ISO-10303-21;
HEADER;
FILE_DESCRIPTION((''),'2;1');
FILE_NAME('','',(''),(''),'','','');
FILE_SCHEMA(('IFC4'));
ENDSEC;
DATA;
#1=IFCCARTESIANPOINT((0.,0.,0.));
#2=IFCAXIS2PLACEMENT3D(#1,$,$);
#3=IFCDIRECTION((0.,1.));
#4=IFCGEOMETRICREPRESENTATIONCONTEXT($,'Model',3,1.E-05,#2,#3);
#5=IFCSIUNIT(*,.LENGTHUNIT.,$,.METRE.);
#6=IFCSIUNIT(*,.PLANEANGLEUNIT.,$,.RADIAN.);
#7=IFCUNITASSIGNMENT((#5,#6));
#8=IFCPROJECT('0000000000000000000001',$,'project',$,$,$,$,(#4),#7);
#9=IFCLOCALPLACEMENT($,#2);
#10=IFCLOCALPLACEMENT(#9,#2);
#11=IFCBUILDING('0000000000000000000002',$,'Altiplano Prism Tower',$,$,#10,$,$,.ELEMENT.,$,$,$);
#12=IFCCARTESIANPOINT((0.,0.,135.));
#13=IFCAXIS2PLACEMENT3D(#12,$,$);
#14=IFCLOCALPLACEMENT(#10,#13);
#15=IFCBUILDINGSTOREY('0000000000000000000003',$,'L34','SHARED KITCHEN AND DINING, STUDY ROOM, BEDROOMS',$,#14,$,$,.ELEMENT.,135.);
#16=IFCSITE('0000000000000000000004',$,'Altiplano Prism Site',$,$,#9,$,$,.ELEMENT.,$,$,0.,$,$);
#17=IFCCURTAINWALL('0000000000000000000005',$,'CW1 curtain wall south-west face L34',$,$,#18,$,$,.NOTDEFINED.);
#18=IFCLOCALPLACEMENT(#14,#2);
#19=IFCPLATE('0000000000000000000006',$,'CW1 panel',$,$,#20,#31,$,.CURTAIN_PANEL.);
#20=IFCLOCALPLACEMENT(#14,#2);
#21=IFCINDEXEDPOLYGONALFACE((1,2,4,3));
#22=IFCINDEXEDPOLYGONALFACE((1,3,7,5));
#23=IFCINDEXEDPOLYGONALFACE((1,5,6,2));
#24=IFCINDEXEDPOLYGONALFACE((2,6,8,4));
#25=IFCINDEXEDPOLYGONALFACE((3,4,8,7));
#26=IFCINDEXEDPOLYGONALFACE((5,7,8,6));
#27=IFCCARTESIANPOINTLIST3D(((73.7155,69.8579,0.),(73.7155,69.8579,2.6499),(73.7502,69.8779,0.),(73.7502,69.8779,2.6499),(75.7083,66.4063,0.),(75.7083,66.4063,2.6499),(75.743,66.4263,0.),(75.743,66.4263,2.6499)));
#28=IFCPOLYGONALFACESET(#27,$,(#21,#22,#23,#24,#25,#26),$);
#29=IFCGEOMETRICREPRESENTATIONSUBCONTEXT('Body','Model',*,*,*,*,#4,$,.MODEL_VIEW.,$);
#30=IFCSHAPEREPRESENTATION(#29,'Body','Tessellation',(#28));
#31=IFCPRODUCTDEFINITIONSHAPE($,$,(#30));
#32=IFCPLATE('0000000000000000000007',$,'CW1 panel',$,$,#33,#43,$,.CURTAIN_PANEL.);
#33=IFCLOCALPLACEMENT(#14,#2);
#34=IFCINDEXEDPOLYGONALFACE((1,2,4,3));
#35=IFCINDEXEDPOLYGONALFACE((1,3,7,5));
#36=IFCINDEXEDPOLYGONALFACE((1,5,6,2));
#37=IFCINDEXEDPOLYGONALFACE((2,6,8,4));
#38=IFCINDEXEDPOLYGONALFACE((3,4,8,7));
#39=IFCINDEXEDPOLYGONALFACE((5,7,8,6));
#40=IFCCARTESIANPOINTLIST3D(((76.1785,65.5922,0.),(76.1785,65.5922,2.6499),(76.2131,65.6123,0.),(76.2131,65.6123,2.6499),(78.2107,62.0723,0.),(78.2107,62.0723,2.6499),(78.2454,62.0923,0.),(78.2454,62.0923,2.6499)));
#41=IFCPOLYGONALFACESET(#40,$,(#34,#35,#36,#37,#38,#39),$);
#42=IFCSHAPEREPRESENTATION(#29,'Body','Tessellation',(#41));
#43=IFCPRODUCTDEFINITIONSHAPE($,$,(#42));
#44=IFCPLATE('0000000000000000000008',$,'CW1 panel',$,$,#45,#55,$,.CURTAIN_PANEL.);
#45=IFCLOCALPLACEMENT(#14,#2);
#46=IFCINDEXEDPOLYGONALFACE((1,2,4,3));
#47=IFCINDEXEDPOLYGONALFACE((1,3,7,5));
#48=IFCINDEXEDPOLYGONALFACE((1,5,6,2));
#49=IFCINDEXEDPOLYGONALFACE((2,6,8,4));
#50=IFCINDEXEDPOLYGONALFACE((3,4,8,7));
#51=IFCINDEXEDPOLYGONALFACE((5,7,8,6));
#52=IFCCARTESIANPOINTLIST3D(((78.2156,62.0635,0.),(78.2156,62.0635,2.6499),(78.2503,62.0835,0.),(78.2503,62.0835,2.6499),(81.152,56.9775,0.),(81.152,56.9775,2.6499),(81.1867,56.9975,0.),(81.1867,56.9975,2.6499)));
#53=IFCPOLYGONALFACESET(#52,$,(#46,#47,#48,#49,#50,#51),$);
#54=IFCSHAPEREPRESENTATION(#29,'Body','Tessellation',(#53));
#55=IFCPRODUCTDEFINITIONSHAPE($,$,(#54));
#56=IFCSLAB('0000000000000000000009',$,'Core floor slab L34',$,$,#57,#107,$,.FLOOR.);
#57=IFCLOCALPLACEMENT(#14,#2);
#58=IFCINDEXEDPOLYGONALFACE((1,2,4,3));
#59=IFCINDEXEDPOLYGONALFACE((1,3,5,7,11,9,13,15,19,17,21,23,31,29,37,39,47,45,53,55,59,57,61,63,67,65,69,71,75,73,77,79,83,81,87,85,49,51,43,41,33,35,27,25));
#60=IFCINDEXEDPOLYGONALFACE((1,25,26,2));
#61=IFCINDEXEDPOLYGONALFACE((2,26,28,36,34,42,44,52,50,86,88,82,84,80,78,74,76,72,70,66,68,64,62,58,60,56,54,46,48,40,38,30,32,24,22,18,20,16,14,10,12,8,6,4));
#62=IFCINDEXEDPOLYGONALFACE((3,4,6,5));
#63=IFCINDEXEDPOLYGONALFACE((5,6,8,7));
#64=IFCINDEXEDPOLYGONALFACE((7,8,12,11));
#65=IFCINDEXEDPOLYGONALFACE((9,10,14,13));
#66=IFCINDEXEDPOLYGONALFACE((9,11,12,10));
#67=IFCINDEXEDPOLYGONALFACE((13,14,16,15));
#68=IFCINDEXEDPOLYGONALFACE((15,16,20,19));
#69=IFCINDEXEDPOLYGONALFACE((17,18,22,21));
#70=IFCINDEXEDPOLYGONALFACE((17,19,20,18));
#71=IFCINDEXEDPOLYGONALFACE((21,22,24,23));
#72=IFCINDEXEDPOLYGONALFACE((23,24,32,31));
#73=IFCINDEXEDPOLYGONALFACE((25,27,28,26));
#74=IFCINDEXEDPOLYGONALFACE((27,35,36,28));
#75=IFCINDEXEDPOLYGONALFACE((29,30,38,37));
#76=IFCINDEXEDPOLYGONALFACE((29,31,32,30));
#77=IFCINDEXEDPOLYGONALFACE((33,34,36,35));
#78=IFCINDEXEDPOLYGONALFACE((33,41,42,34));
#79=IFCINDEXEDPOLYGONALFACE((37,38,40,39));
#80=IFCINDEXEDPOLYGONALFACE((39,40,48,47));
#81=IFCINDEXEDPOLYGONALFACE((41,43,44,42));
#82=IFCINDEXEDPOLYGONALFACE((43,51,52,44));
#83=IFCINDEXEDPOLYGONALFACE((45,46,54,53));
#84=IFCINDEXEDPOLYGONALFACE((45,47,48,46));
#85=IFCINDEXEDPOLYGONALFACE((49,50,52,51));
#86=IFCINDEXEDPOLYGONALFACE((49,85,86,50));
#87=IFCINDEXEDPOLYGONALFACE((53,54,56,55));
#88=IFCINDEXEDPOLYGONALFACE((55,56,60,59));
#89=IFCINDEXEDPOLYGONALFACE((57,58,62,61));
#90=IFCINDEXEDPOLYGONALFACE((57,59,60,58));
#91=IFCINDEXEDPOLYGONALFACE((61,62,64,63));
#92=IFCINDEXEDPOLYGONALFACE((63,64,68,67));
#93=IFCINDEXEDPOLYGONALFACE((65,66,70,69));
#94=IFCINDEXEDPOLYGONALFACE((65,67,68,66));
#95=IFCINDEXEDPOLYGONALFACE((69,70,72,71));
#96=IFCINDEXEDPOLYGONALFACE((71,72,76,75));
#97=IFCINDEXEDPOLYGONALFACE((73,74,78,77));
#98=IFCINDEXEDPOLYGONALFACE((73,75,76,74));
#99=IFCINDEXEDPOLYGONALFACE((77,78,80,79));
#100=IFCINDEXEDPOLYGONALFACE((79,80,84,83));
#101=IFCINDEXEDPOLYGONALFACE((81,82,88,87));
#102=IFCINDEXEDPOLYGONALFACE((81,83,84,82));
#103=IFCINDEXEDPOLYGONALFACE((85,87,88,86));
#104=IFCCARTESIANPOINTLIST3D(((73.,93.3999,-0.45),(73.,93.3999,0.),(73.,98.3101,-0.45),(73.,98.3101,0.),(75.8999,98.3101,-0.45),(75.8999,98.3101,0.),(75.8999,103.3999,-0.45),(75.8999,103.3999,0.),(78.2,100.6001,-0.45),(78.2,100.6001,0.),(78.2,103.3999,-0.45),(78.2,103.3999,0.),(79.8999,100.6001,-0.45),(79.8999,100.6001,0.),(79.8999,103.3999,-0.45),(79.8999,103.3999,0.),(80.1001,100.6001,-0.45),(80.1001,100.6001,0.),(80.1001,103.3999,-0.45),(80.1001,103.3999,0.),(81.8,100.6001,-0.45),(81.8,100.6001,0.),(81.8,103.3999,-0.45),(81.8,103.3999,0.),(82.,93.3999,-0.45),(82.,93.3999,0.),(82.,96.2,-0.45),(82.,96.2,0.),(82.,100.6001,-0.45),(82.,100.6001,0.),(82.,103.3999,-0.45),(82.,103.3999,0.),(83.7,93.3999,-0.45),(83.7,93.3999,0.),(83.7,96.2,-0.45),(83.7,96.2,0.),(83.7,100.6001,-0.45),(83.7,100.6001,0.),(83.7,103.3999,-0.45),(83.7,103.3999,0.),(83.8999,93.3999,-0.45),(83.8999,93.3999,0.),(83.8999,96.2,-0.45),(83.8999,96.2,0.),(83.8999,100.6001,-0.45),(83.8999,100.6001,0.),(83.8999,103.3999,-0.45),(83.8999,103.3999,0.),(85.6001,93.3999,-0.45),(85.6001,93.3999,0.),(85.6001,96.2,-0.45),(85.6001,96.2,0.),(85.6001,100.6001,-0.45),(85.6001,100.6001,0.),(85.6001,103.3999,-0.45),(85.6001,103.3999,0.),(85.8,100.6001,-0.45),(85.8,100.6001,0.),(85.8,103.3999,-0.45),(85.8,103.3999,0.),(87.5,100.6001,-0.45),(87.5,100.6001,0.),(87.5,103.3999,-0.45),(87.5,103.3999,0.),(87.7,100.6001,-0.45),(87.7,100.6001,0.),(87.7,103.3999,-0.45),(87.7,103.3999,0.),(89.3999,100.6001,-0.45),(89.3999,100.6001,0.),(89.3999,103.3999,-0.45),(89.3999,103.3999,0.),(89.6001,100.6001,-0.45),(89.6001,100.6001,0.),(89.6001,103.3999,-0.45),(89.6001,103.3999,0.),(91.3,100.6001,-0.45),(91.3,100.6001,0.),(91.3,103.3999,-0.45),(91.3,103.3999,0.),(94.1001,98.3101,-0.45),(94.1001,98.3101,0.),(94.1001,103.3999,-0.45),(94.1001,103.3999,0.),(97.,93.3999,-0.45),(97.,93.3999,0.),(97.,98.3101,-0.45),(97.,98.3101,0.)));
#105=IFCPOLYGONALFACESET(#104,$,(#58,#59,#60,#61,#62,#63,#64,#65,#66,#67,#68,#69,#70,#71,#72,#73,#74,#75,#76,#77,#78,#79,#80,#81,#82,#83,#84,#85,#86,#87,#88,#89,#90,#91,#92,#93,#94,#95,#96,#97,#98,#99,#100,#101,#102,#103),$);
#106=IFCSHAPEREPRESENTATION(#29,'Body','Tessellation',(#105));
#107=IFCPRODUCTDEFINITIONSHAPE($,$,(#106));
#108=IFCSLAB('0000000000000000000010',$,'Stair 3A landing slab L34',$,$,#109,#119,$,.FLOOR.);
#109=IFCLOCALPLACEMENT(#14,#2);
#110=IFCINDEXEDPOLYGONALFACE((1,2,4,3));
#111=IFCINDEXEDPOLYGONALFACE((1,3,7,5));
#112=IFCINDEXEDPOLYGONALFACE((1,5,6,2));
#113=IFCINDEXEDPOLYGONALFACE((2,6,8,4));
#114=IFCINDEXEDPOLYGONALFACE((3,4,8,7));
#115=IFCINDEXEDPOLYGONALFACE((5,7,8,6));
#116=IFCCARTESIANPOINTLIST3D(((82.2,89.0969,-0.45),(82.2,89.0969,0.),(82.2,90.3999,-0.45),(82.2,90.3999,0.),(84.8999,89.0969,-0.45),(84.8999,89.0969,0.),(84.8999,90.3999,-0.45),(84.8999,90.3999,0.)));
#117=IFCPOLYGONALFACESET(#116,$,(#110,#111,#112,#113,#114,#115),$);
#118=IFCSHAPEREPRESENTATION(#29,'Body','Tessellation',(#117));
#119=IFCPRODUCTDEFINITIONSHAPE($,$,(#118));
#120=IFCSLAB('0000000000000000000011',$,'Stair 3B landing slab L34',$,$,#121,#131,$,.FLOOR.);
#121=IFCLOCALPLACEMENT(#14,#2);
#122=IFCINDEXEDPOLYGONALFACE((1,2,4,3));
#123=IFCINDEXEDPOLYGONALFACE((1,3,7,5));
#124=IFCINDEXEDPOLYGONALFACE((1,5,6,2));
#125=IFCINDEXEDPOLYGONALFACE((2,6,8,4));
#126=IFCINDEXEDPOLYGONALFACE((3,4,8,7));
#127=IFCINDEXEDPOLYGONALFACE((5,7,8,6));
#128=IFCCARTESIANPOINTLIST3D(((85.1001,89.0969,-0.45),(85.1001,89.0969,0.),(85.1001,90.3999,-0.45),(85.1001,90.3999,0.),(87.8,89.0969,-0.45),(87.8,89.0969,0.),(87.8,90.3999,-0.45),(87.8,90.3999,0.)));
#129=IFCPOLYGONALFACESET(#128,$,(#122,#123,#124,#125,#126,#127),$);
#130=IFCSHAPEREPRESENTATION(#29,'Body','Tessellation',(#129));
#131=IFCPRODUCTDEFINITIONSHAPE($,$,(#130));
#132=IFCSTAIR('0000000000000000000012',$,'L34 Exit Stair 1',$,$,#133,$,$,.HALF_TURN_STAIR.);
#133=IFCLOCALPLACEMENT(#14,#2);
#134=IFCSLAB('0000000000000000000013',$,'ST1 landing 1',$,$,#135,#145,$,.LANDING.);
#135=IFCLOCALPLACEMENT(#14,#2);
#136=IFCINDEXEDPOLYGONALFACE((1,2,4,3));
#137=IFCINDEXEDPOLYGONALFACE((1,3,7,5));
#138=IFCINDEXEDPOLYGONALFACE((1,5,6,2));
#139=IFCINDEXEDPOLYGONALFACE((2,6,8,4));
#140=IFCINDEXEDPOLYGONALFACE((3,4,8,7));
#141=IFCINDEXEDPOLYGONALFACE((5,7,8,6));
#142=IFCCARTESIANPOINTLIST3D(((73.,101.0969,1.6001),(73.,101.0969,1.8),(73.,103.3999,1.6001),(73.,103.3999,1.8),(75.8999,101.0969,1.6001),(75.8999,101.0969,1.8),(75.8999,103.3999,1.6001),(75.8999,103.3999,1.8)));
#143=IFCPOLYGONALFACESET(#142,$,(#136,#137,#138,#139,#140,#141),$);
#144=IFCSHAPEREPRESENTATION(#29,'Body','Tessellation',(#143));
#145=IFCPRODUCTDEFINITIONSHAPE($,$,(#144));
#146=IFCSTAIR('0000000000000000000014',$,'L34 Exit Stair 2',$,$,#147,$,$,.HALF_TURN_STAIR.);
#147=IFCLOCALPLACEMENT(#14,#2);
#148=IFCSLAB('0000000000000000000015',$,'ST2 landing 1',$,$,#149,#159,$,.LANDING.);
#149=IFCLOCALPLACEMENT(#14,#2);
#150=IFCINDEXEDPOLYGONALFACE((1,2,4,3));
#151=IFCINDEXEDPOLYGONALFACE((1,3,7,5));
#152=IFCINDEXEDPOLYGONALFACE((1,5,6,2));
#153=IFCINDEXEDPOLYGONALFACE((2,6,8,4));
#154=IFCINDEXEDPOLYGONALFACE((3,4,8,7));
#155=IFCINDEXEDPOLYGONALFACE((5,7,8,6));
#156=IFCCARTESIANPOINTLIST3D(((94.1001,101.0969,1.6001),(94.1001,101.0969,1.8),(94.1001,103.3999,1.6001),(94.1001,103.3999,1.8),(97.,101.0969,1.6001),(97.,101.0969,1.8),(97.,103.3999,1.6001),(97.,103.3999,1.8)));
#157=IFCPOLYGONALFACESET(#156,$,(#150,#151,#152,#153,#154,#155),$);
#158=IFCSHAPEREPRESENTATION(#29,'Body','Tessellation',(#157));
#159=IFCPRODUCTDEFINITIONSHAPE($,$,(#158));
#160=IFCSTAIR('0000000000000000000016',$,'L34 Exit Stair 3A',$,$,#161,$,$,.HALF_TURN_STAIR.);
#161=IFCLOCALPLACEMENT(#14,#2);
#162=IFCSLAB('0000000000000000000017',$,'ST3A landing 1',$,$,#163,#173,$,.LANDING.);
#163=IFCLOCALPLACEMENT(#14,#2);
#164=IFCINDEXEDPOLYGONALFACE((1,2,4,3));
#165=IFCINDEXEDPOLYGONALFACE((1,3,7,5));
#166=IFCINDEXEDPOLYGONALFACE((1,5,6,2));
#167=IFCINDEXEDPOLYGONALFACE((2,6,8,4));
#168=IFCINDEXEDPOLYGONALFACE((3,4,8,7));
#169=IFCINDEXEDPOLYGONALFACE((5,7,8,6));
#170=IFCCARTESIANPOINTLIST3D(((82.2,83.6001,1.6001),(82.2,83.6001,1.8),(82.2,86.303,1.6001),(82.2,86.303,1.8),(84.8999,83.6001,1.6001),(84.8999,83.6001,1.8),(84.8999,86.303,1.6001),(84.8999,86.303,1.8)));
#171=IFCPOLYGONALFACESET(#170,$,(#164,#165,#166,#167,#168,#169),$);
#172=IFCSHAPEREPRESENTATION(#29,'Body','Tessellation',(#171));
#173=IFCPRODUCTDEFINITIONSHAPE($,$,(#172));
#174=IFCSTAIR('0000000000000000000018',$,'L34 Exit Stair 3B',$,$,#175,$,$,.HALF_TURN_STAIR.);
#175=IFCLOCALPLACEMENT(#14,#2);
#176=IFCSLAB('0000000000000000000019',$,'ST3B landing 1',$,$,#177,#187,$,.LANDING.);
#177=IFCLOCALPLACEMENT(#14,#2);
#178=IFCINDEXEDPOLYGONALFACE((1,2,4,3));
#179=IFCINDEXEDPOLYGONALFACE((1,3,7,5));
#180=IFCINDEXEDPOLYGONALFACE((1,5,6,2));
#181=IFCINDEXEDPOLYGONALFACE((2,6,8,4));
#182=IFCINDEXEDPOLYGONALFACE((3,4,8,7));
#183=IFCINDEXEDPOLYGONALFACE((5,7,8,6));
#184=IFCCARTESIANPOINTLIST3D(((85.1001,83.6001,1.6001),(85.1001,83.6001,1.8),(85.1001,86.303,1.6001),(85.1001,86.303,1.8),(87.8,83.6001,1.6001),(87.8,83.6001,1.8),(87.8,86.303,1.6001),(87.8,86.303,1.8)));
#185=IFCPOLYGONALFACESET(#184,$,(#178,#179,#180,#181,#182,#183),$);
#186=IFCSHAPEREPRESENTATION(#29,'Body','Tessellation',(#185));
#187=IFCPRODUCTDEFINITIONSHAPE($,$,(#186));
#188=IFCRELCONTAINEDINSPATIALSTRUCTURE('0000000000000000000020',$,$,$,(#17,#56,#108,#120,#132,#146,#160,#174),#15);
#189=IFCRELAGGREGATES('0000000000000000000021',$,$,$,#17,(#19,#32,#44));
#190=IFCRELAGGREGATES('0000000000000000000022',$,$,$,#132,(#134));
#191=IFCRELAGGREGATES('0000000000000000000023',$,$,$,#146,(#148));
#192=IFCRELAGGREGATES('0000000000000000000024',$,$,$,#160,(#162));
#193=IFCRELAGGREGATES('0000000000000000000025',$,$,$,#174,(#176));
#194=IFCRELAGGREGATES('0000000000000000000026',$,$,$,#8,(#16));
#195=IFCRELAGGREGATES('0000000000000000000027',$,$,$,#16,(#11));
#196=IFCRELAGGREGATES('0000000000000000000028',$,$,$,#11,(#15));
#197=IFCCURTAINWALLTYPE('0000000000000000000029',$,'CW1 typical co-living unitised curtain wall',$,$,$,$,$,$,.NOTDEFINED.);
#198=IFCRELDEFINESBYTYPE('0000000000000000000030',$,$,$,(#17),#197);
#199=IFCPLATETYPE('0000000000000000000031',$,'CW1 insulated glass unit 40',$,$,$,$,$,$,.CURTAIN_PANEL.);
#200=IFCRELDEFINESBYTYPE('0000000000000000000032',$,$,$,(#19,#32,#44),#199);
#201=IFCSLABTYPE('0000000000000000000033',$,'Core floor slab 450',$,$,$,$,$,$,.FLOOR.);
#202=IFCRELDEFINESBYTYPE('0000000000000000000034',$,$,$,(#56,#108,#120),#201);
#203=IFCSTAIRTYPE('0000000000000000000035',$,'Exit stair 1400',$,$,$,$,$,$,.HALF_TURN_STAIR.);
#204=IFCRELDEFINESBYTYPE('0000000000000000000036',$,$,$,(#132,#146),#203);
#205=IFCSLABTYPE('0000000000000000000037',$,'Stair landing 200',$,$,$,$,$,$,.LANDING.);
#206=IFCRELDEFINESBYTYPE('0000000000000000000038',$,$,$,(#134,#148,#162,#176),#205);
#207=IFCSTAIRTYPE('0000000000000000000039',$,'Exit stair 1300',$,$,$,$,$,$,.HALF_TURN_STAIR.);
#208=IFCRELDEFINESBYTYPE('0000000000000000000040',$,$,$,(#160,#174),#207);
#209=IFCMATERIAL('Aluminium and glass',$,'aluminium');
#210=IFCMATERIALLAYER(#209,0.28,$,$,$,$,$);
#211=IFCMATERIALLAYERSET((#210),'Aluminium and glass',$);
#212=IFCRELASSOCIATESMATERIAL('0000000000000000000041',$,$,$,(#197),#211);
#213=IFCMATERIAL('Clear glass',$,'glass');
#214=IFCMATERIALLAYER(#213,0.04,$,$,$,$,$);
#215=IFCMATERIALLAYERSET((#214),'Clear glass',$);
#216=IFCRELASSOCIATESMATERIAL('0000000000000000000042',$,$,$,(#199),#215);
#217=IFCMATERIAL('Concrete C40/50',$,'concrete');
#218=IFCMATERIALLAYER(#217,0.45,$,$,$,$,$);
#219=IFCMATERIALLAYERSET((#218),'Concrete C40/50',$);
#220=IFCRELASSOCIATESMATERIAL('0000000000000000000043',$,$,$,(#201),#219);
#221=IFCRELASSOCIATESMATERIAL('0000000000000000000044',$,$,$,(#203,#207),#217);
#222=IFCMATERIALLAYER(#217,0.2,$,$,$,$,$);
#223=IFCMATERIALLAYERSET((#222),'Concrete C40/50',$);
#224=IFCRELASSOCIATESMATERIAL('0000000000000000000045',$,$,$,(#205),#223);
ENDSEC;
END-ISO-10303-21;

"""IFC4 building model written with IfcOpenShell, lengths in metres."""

from ifc_helpers import new_model, si_unit, direction, frame, origin, origin_2d, place, context, subcontext, project, spatial, polyline, rectangle, outline, extrude, material, layer, layer_set, type_object, element, aggregate, save


model = new_model("IFC4")

# Units and contexts
model_context = context("Model", 3, precision=1e-05, world=origin(), true_north=direction((0.0, 1.0)))
body_context = subcontext(model_context, "Body", "Model", "MODEL_VIEW")
ifc_project = project(units=[si_unit("LENGTHUNIT", "METRE"), si_unit("PLANEANGLEUNIT", "RADIAN")], contexts=[model_context])

# Site, building, storey
site_placement = place(None, origin())
site = spatial("IfcSite", under=ifc_project, at=site_placement, Name="Altiplano Prism Site", CompositionType="ELEMENT", RefElevation=0.0)
building_placement = place(site_placement, origin())
building = spatial("IfcBuilding", under=site, at=building_placement, Name="Altiplano Prism Tower", CompositionType="ELEMENT")
storey_placement = place(building_placement, frame((0.0, 0.0, 135.0)))
storey = spatial("IfcBuildingStorey", under=building, at=storey_placement, Name="L34", Description="SHARED KITCHEN AND DINING, STUDY ROOM, BEDROOMS", CompositionType="ELEMENT", Elevation=135.0)

# Curtain wall
ifc_material_1 = material(Name="Aluminium and glass", Category="aluminium")
ifc_layer_1 = layer(ifc_material_1, 0.28)
ifc_layer_set_1 = layer_set([ifc_layer_1], Name="Aluminium and glass")
curtain_wall_type = type_object("IfcCurtainWallType", Name="CW1 typical co-living unitised curtain wall", PredefinedType="NOTDEFINED", material=ifc_layer_set_1)
curtain_wall_1_placement = place(storey_placement, origin())
curtain_wall_1 = element("IfcCurtainWall", 1, at=curtain_wall_1_placement, inside=storey, type_object=curtain_wall_type, Name="CW1 curtain wall south-west face L34", PredefinedType="NOTDEFINED")

# Plates
ifc_material_2 = material(Name="Clear glass", Category="glass")
ifc_layer_2 = layer(ifc_material_2, 0.04)
ifc_layer_set_2 = layer_set([ifc_layer_2], Name="Clear glass")
plate_type = type_object("IfcPlateType", Name="CW1 insulated glass unit 40", PredefinedType="CURTAIN_PANEL", material=ifc_layer_set_2)
plate_1_placement = place(storey_placement, frame((74.7292, 68.1421, 0.0), z_axis=(0.0, 0.0, 1.0), x_axis=(0.5, -0.866025, 0.0)))
plate_1 = element("IfcPlate", 2, at=plate_1_placement, type_object=plate_type, Name="CW1 panel", PredefinedType="CURTAIN_PANEL", context=body_context, shape_type="SweptSolid", body=[
    extrude(rectangle(XDim=3.9856, YDim=0.04, at=origin_2d()), origin(), (0.0, 0.0, 1.0), 2.6499),
])
plate_2_placement = place(storey_placement, frame((77.2119, 63.8423, 0.0), z_axis=(0.0, 0.0, 1.0), x_axis=(0.5, -0.866025, 0.0)))
plate_2 = element("IfcPlate", 3, at=plate_2_placement, type_object=plate_type, Name="CW1 panel", PredefinedType="CURTAIN_PANEL", context=body_context, shape_type="SweptSolid", body=[
    extrude(rectangle(XDim=4.0645, YDim=0.04, at=origin_2d()), origin(), (0.0, 0.0, 1.0), 2.6499),
])
plate_3_placement = place(storey_placement, frame((79.7012, 59.5305, 0.0), z_axis=(0.0, 0.0, 1.0), x_axis=(0.5, -0.866025, 0.0)))
plate_3 = element("IfcPlate", 4, at=plate_3_placement, type_object=plate_type, Name="CW1 panel", PredefinedType="CURTAIN_PANEL", context=body_context, shape_type="SweptSolid", body=[
    extrude(rectangle(XDim=5.8728, YDim=0.04, at=origin_2d()), origin(), (0.0, 0.0, 1.0), 2.6499),
])
aggregate(curtain_wall_1, [plate_1, plate_2, plate_3])

# Slabs
ifc_material_3 = material(Name="Concrete C40/50", Category="concrete")
ifc_layer_3 = layer(ifc_material_3, 0.45)
ifc_layer_set_3 = layer_set([ifc_layer_3], Name="Concrete C40/50")
slab_type_1 = type_object("IfcSlabType", Name="Core floor slab 450", PredefinedType="FLOOR", material=ifc_layer_set_3)
slab_1_placement = place(storey_placement, frame((0.0, 0.0, -0.45)))
element("IfcSlab", 5, at=slab_1_placement, inside=storey, type_object=slab_type_1, Name="Core floor slab L34", PredefinedType="FLOOR", context=body_context, shape_type="SweptSolid", body=[
    extrude(outline(polyline([(97.0, 98.3101), (94.1001, 98.3101), (94.1001, 103.3999), (91.3, 103.3999), (91.3, 100.6001), (89.6001, 100.6001), (89.6001, 103.3999), (89.3999, 103.3999), (89.3999, 100.6001), (87.7, 100.6001), (87.7, 103.3999), (87.5, 103.3999), (87.5, 100.6001), (85.8, 100.6001), (85.8, 103.3999), (85.6001, 103.3999), (85.6001, 100.6001), (83.8999, 100.6001), (83.8999, 103.3999), (83.7, 103.3999), (83.7, 100.6001), (82.0, 100.6001), (82.0, 103.3999), (81.8, 103.3999), (81.8, 100.6001), (80.1001, 100.6001), (80.1001, 103.3999), (79.8999, 103.3999), (79.8999, 100.6001), (78.2, 100.6001), (78.2, 103.3999), (75.8999, 103.3999), (75.8999, 98.3101), (73.0, 98.3101), (73.0, 93.3999), (82.0, 93.3999), (82.0, 96.2), (83.7, 96.2), (83.7, 93.3999), (83.8999, 93.3999), (83.8999, 96.2), (85.6001, 96.2), (85.6001, 93.3999), (97.0, 93.3999), (97.0, 98.3101)])), origin(), (0.0, 0.0, 1.0), 0.45),
])
slab_2_placement = place(storey_placement, frame((0.0, 0.0, -0.45)))
element("IfcSlab", 6, at=slab_2_placement, inside=storey, type_object=slab_type_1, Name="Stair 3A landing slab L34", PredefinedType="FLOOR", context=body_context, shape_type="SweptSolid", body=[
    extrude(outline(polyline([(82.2, 89.0969), (84.8999, 89.0969), (84.8999, 90.3999), (82.2, 90.3999), (82.2, 89.0969)])), origin(), (0.0, 0.0, 1.0), 0.45),
])
slab_3_placement = place(storey_placement, frame((0.0, 0.0, -0.45)))
element("IfcSlab", 7, at=slab_3_placement, inside=storey, type_object=slab_type_1, Name="Stair 3B landing slab L34", PredefinedType="FLOOR", context=body_context, shape_type="SweptSolid", body=[
    extrude(outline(polyline([(85.1001, 89.0969), (87.8, 89.0969), (87.8, 90.3999), (85.1001, 90.3999), (85.1001, 89.0969)])), origin(), (0.0, 0.0, 1.0), 0.45),
])

# Stairs, slabs
stair_type_1 = type_object("IfcStairType", Name="Exit stair 1400", PredefinedType="HALF_TURN_STAIR", material=ifc_material_3)
stair_1_placement = place(storey_placement, origin())
stair_1 = element("IfcStair", 8, at=stair_1_placement, inside=storey, type_object=stair_type_1, Name="L34 Exit Stair 1", PredefinedType="HALF_TURN_STAIR")
ifc_layer_4 = layer(ifc_material_3, 0.2)
ifc_layer_set_4 = layer_set([ifc_layer_4], Name="Concrete C40/50")
slab_type_2 = type_object("IfcSlabType", Name="Stair landing 200", PredefinedType="LANDING", material=ifc_layer_set_4)
slab_4_placement = place(storey_placement, frame((0.0, 0.0, 1.6001)))
slab_4 = element("IfcSlab", 9, at=slab_4_placement, type_object=slab_type_2, Name="ST1 landing 1", PredefinedType="LANDING", context=body_context, shape_type="SweptSolid", body=[
    extrude(outline(polyline([(75.8999, 101.0969), (75.8999, 103.3999), (73.0, 103.3999), (73.0, 101.0969), (75.8999, 101.0969)])), origin(), (0.0, 0.0, 1.0), 0.2),
])
aggregate(stair_1, [slab_4])
stair_2_placement = place(storey_placement, origin())
stair_2 = element("IfcStair", 10, at=stair_2_placement, inside=storey, type_object=stair_type_1, Name="L34 Exit Stair 2", PredefinedType="HALF_TURN_STAIR")
slab_5_placement = place(storey_placement, frame((0.0, 0.0, 1.6001)))
slab_5 = element("IfcSlab", 11, at=slab_5_placement, type_object=slab_type_2, Name="ST2 landing 1", PredefinedType="LANDING", context=body_context, shape_type="SweptSolid", body=[
    extrude(outline(polyline([(97.0, 101.0969), (97.0, 103.3999), (94.1001, 103.3999), (94.1001, 101.0969), (97.0, 101.0969)])), origin(), (0.0, 0.0, 1.0), 0.2),
])
aggregate(stair_2, [slab_5])
stair_type_2 = type_object("IfcStairType", Name="Exit stair 1300", PredefinedType="HALF_TURN_STAIR", material=ifc_material_3)
stair_3_placement = place(storey_placement, origin())
stair_3 = element("IfcStair", 12, at=stair_3_placement, inside=storey, type_object=stair_type_2, Name="L34 Exit Stair 3A", PredefinedType="HALF_TURN_STAIR")
slab_6_placement = place(storey_placement, frame((0.0, 0.0, 1.6001)))
slab_6 = element("IfcSlab", 13, at=slab_6_placement, type_object=slab_type_2, Name="ST3A landing 1", PredefinedType="LANDING", context=body_context, shape_type="SweptSolid", body=[
    extrude(outline(polyline([(82.2, 86.303), (82.2, 83.6001), (84.8999, 83.6001), (84.8999, 86.303), (82.2, 86.303)])), origin(), (0.0, 0.0, 1.0), 0.2),
])
aggregate(stair_3, [slab_6])
stair_4_placement = place(storey_placement, origin())
stair_4 = element("IfcStair", 14, at=stair_4_placement, inside=storey, type_object=stair_type_2, Name="L34 Exit Stair 3B", PredefinedType="HALF_TURN_STAIR")
slab_7_placement = place(storey_placement, frame((0.0, 0.0, 1.6001)))
slab_7 = element("IfcSlab", 15, at=slab_7_placement, type_object=slab_type_2, Name="ST3B landing 1", PredefinedType="LANDING", context=body_context, shape_type="SweptSolid", body=[
    extrude(outline(polyline([(85.1001, 86.303), (85.1001, 83.6001), (87.8, 83.6001), (87.8, 86.303), (85.1001, 86.303)])), origin(), (0.0, 0.0, 1.0), 0.2),
])
aggregate(stair_4, [slab_7])

save(model, "model.ifc")
